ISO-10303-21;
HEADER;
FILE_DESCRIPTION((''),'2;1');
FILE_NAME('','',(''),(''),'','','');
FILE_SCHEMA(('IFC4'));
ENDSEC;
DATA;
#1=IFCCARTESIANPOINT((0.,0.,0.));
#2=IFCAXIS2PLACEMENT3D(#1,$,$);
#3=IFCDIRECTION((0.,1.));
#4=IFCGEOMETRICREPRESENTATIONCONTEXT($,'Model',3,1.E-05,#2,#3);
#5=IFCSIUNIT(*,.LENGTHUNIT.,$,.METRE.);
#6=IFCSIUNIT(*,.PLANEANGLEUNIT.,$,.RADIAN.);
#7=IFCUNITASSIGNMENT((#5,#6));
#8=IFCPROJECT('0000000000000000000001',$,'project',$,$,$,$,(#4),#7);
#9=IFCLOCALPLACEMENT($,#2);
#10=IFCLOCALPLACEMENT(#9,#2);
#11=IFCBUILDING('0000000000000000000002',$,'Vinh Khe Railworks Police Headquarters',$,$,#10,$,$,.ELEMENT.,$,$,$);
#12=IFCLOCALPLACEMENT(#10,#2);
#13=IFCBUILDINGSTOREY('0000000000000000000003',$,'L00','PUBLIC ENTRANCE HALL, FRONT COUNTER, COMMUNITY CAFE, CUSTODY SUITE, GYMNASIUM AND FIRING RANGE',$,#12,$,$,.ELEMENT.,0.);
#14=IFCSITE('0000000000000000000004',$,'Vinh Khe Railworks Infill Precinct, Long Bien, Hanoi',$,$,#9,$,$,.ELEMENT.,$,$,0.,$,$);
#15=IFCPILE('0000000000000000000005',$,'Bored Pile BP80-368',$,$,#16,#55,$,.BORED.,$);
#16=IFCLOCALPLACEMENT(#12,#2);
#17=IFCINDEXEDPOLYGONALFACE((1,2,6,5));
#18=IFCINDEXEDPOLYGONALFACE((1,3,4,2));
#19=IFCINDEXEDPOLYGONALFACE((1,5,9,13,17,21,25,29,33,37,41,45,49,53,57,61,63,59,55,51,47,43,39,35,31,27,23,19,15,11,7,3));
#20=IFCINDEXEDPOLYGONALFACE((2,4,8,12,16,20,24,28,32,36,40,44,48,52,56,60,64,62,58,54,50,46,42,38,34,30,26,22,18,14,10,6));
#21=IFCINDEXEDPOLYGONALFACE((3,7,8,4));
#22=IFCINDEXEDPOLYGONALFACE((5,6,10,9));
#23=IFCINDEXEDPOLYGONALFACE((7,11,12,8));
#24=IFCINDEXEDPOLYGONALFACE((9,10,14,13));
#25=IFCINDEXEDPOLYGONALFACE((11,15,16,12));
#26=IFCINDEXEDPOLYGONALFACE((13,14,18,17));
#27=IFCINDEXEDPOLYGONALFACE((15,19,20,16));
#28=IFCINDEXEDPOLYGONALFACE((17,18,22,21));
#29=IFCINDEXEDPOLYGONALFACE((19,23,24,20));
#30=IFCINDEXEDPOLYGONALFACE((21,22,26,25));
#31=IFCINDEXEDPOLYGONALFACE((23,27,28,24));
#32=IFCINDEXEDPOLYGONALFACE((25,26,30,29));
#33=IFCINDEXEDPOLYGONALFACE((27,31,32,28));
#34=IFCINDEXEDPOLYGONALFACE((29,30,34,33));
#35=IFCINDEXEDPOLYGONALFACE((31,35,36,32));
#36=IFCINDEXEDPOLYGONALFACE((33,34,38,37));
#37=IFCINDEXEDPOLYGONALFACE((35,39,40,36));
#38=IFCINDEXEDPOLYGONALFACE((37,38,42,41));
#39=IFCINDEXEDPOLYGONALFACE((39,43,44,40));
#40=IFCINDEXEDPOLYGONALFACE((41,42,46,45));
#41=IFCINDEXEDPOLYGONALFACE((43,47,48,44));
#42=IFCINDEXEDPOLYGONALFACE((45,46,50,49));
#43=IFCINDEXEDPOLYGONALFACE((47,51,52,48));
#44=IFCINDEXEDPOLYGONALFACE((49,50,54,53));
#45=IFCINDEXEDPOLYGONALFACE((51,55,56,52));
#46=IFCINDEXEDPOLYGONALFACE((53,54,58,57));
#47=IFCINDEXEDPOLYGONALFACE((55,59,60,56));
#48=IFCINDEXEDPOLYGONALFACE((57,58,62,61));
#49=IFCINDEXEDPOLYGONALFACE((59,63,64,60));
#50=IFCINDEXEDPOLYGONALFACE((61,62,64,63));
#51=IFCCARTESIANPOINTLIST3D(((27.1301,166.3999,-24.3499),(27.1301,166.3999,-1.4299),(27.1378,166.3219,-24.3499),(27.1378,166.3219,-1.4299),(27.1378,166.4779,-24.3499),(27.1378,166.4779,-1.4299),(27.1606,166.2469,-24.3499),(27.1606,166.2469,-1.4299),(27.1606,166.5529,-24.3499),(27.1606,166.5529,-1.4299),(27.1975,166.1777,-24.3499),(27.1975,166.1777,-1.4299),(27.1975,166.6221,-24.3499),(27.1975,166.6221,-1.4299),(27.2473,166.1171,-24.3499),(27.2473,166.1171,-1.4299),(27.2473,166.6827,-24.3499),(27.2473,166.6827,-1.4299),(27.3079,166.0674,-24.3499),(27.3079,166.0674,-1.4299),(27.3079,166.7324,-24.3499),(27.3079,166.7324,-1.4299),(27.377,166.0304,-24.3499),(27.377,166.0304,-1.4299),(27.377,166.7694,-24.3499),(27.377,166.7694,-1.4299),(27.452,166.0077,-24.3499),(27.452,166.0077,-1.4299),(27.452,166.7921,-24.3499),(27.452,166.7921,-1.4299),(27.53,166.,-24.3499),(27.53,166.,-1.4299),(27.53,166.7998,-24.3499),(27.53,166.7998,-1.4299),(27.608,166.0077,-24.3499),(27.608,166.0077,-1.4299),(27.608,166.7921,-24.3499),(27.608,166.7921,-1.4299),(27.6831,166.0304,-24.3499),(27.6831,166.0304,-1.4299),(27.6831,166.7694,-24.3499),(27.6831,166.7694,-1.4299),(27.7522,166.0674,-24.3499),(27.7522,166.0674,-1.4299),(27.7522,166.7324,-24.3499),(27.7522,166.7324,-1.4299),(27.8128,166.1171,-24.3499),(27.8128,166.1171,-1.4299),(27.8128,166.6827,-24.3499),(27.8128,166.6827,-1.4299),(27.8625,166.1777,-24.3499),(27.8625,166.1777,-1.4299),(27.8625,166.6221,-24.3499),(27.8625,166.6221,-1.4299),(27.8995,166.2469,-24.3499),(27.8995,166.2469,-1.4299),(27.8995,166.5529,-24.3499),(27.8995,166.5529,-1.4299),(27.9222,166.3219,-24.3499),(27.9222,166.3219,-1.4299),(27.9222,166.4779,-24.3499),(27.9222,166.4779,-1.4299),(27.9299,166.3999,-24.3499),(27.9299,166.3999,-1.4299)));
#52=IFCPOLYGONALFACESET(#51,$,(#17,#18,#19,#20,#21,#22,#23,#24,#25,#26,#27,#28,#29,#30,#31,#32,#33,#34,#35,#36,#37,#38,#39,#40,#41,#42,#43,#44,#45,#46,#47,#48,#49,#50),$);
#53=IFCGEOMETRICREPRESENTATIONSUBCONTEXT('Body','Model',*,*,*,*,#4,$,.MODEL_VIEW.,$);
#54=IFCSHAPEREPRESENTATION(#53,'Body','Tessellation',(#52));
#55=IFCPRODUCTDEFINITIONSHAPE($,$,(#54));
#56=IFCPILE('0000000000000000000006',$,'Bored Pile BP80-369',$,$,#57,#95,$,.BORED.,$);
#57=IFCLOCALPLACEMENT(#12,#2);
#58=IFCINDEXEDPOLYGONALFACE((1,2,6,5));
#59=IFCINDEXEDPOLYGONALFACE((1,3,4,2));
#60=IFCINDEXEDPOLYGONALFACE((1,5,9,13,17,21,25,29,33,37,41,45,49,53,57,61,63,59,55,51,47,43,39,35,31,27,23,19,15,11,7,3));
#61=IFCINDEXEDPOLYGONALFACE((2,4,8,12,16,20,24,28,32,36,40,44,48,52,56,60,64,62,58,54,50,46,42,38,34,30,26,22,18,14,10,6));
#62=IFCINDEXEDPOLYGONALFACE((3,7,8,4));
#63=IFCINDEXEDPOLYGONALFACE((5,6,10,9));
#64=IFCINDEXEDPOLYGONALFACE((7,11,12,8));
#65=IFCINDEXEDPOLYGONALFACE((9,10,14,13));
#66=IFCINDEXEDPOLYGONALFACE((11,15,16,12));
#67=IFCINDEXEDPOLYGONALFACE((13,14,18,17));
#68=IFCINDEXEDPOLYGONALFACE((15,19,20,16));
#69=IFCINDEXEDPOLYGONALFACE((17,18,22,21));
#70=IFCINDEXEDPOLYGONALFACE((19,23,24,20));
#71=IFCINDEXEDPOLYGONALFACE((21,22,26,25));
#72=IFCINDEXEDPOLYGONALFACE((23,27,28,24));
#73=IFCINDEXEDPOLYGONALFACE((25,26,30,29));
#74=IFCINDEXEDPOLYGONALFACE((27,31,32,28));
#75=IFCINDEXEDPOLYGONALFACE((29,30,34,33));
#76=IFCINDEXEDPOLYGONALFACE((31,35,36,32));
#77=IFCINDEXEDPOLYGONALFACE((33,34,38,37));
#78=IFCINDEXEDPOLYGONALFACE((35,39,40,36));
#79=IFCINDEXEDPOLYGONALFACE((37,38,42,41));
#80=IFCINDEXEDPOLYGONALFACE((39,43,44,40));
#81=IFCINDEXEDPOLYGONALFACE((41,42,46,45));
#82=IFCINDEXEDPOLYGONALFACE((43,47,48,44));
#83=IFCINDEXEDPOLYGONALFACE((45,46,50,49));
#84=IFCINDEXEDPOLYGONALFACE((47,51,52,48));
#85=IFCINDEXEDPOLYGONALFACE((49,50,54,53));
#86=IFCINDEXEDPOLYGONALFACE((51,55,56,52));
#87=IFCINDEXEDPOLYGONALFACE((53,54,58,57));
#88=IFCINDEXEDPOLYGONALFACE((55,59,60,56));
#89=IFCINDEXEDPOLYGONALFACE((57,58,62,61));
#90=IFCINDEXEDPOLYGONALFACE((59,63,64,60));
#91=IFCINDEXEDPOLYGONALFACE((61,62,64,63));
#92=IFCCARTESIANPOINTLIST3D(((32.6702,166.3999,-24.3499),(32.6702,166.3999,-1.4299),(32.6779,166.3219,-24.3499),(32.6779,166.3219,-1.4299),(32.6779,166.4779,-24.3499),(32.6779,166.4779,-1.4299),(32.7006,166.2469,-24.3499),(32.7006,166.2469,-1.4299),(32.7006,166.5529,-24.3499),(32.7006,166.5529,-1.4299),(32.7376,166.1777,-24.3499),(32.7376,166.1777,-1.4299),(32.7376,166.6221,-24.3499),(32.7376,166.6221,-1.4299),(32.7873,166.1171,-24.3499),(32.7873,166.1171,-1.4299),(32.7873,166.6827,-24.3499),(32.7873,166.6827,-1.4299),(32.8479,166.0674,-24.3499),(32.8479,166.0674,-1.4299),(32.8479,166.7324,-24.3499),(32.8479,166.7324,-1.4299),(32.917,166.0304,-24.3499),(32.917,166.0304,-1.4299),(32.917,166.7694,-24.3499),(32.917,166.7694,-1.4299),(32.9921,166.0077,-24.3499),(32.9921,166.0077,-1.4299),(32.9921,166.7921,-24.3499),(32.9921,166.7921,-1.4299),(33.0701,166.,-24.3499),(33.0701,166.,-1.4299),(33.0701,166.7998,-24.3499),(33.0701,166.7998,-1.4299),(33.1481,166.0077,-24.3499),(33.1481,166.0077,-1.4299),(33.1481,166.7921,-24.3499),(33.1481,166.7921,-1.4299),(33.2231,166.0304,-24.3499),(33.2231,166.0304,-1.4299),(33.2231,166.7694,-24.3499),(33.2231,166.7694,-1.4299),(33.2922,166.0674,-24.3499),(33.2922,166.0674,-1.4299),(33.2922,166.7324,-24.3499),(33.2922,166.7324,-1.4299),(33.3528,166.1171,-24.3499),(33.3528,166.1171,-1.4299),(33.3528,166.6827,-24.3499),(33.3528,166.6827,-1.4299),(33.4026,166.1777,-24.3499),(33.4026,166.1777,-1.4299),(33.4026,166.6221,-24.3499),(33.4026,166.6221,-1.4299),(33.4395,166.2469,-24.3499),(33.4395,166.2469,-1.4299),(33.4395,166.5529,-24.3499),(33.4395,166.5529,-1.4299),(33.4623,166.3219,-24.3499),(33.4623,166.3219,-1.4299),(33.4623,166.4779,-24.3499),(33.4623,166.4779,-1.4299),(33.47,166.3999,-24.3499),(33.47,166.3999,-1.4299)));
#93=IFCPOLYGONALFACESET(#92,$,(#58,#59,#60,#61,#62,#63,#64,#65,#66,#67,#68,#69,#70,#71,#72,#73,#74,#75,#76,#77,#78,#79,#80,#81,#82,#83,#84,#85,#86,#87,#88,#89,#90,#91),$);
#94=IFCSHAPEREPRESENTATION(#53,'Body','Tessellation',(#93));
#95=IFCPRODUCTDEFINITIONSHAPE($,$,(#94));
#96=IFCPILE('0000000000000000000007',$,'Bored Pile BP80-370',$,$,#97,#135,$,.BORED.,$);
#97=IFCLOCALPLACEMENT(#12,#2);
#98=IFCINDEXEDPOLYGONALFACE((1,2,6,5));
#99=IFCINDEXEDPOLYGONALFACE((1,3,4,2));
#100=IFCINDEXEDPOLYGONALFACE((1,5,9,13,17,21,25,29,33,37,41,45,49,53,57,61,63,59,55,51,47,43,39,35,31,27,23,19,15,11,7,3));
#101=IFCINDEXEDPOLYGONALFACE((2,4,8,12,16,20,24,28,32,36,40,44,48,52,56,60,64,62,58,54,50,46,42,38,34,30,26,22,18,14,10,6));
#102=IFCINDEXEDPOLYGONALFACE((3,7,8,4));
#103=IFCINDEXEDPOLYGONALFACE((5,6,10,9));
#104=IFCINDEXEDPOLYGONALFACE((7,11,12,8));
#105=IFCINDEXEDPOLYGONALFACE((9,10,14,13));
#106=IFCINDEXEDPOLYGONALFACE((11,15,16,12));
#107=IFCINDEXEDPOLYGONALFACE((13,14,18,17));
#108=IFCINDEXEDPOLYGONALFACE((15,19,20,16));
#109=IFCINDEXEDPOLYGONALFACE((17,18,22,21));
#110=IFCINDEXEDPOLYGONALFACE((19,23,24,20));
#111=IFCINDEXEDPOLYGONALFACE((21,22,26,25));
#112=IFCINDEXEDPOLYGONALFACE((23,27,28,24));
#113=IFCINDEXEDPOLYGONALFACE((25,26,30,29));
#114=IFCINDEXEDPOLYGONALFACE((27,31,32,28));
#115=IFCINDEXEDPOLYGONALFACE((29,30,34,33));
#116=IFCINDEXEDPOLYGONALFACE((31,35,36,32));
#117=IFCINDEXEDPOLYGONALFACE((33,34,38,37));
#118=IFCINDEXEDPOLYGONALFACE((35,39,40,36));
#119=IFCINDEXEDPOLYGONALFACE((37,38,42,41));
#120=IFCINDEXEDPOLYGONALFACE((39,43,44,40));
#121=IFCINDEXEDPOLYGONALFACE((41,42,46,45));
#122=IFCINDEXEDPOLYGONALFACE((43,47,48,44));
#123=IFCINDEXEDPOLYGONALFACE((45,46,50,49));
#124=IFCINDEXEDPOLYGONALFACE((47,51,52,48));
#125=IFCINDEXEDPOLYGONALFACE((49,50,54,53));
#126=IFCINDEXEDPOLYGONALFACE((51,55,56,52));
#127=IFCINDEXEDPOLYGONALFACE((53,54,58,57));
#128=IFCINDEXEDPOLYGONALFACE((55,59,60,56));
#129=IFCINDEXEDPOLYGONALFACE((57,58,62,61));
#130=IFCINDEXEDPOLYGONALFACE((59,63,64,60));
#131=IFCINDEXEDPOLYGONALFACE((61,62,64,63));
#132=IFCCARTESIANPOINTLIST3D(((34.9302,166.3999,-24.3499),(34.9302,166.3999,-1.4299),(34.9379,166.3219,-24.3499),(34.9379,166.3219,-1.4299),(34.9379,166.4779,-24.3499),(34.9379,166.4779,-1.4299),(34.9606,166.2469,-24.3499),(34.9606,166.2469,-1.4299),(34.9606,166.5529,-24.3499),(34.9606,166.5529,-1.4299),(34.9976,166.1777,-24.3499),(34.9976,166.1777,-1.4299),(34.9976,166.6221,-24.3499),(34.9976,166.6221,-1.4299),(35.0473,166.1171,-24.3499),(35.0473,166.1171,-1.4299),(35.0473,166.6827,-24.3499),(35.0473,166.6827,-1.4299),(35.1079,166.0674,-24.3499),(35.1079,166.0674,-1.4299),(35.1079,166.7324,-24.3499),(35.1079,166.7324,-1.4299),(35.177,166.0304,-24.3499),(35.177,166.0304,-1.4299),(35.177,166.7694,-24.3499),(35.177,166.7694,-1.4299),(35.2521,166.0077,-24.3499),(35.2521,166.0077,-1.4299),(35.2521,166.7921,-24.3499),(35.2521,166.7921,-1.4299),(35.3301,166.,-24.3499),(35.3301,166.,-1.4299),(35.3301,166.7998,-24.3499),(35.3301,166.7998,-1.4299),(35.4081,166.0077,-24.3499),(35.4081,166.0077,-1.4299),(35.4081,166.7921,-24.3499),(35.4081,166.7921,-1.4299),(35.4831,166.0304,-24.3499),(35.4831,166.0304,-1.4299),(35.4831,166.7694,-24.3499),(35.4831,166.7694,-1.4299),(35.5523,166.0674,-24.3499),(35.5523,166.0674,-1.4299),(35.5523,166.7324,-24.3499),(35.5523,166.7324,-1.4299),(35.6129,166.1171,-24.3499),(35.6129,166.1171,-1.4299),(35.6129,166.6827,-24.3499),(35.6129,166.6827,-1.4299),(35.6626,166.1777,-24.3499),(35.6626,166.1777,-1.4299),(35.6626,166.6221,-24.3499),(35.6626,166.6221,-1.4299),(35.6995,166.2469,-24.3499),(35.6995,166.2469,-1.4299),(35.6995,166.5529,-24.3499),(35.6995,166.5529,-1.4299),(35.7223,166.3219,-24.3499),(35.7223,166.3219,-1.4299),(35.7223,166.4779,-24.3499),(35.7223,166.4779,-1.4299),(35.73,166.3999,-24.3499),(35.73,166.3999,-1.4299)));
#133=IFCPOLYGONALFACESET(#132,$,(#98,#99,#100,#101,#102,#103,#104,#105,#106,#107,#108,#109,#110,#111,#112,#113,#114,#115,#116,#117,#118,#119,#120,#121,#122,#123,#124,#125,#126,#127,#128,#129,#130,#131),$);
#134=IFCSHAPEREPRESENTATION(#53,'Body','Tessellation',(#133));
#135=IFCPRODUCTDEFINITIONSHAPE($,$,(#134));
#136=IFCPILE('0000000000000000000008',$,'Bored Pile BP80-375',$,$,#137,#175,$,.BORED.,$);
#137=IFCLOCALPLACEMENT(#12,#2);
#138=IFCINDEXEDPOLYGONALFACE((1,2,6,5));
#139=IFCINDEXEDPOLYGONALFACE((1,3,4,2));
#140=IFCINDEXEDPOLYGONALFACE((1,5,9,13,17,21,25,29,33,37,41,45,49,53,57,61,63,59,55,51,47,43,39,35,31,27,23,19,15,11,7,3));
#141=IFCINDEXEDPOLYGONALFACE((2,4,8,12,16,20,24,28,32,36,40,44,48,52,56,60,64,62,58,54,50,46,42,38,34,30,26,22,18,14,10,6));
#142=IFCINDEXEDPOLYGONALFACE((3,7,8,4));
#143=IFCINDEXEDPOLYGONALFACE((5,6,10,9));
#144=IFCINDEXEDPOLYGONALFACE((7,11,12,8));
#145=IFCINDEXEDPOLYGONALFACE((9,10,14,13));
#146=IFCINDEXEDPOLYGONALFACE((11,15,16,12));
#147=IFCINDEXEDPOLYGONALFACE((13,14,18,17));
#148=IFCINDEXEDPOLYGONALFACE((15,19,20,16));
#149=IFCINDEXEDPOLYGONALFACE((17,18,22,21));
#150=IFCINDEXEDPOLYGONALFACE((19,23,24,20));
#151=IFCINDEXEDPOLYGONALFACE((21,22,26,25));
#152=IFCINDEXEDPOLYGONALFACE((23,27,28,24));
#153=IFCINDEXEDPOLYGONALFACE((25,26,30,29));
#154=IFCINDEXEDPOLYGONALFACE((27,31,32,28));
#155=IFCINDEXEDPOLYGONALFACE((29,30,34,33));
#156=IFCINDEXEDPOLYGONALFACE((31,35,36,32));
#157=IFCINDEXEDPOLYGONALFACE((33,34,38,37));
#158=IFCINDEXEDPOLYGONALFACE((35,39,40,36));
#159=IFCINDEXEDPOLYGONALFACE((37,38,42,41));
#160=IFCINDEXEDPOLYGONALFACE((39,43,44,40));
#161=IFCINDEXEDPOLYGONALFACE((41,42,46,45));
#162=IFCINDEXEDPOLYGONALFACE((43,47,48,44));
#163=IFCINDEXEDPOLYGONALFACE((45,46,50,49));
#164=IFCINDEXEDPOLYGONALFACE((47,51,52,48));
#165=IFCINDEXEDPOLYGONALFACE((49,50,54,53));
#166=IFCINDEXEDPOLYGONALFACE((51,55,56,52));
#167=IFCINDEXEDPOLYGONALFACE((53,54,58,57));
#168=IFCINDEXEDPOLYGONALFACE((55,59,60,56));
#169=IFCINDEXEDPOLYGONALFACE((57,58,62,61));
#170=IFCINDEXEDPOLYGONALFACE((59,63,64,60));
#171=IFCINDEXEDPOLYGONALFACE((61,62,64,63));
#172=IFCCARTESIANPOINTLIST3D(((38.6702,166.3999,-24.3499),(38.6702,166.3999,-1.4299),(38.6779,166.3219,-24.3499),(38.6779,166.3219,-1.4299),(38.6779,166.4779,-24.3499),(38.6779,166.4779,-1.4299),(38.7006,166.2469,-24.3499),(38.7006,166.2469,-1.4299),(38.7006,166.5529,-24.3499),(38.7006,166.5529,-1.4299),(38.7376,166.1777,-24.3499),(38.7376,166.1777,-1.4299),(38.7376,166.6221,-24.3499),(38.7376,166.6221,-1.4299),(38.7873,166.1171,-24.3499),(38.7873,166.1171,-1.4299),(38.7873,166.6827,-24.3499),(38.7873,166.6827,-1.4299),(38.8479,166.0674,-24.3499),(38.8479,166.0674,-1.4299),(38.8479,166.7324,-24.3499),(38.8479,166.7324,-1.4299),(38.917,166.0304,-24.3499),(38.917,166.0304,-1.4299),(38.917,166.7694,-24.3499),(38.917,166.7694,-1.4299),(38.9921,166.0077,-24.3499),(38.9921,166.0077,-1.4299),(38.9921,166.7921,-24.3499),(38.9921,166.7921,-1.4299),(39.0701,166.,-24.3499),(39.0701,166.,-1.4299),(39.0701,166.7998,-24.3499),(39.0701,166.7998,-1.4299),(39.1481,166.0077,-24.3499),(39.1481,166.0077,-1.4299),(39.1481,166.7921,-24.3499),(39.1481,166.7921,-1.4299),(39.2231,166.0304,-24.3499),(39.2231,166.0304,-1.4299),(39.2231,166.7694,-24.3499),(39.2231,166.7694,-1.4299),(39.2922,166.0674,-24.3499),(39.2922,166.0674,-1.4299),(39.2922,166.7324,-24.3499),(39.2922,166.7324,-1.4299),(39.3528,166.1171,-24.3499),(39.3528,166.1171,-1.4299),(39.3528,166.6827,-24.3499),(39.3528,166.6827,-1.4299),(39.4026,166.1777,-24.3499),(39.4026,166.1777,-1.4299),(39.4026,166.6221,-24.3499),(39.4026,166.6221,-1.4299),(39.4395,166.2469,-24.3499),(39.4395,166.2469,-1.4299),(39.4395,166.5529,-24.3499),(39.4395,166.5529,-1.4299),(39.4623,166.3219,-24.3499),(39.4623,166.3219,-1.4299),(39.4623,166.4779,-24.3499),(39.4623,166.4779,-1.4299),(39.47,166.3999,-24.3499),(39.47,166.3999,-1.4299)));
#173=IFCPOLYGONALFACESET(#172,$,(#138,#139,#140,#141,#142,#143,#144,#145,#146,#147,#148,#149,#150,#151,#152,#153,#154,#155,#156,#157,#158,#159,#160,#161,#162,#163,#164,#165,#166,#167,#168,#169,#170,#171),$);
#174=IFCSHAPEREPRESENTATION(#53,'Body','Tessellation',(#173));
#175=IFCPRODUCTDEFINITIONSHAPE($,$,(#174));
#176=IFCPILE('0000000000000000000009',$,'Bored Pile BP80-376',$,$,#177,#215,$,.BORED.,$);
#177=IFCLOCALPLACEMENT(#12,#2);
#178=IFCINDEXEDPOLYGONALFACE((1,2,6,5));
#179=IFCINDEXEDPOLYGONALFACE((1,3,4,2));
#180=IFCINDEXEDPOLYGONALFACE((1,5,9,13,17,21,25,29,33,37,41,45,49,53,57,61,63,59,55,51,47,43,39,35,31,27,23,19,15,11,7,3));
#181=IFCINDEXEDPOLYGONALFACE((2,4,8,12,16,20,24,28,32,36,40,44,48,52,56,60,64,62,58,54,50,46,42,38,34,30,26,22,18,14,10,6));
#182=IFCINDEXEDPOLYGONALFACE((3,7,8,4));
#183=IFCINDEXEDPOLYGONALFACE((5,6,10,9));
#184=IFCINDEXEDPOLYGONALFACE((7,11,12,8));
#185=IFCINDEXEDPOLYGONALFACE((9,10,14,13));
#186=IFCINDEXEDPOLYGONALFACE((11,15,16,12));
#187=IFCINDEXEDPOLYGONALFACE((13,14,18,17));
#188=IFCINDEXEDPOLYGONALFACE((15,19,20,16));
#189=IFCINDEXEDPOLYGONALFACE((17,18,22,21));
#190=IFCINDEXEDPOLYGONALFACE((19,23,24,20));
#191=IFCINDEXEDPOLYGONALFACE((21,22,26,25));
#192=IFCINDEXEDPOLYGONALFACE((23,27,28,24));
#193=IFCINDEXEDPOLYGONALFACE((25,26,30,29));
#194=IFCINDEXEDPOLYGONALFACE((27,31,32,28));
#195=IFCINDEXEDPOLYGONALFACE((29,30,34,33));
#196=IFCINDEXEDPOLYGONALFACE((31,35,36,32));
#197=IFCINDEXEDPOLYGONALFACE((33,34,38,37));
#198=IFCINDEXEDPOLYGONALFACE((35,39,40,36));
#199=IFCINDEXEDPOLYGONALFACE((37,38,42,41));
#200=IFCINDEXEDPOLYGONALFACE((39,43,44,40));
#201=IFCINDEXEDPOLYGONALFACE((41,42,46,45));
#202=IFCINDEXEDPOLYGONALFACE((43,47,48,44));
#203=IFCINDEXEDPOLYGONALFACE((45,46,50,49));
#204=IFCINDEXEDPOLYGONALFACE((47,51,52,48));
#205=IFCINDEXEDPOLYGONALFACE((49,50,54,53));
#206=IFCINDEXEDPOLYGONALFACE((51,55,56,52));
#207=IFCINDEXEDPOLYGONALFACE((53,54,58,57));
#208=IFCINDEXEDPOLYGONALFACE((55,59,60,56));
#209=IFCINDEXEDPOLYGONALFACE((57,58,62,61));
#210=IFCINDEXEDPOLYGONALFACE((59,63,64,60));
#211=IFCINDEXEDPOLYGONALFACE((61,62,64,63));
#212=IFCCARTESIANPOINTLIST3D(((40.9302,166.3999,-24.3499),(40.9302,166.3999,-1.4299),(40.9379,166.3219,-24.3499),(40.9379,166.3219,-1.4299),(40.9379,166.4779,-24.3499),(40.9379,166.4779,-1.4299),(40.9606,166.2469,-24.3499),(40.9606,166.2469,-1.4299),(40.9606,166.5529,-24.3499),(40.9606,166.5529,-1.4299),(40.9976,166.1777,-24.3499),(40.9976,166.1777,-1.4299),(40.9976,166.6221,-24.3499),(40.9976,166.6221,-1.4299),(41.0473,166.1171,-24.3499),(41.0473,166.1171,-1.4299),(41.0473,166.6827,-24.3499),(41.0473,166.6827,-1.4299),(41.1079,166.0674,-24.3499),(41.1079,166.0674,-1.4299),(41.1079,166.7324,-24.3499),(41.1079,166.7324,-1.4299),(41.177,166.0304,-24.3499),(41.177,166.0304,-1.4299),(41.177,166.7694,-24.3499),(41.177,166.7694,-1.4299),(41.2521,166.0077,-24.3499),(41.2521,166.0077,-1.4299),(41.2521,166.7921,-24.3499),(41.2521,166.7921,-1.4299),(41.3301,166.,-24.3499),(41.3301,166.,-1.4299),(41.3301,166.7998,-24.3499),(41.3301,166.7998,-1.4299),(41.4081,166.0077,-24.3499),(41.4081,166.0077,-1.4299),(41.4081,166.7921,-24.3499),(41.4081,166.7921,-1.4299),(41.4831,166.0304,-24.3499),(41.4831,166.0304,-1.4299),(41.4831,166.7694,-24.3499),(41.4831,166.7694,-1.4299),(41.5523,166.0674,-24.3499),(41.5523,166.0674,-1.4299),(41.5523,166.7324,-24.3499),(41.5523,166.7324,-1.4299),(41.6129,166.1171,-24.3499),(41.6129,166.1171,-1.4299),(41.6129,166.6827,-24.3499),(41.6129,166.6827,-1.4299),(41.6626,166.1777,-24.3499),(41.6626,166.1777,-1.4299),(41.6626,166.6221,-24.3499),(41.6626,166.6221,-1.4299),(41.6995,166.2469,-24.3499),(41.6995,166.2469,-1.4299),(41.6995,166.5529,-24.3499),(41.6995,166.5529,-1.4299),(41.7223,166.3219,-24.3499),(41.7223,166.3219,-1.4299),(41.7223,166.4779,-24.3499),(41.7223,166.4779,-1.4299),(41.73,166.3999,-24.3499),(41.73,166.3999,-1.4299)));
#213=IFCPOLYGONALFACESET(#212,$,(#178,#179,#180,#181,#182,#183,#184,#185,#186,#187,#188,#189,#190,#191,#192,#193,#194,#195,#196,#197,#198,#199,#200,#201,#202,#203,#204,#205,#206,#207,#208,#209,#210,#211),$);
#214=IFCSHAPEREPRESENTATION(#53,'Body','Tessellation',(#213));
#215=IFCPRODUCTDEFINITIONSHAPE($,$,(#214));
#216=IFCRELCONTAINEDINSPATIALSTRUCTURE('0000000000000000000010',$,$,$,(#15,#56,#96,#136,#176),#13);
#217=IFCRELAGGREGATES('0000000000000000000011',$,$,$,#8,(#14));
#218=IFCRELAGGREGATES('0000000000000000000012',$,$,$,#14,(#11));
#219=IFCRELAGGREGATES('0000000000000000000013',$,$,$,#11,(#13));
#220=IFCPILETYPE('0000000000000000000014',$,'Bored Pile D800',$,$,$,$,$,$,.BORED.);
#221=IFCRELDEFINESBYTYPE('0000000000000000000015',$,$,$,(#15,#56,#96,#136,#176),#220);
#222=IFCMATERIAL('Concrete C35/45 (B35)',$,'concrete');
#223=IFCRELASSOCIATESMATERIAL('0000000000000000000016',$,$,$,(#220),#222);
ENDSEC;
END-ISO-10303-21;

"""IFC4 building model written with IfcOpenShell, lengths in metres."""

from ifc_helpers import new_model, si_unit, direction, frame, origin, origin_2d, place, context, subcontext, project, spatial, circle, extrude, material, material_profile, profile_set, type_object, element, save


model = new_model("IFC4")

# Units and contexts
model_context = context("Model", 3, precision=1e-05, world=origin(), true_north=direction((0.0, 1.0)))
body_context = subcontext(model_context, "Body", "Model", "MODEL_VIEW")
ifc_project = project(units=[si_unit("LENGTHUNIT", "METRE"), si_unit("PLANEANGLEUNIT", "RADIAN")], contexts=[model_context])

# Site, building, storey
site_placement = place(None, origin())
site = spatial("IfcSite", under=ifc_project, at=site_placement, Name="Vinh Khe Railworks Infill Precinct, Long Bien, Hanoi", CompositionType="ELEMENT", RefElevation=0.0)
building_placement = place(site_placement, origin())
building = spatial("IfcBuilding", under=site, at=building_placement, Name="Vinh Khe Railworks Police Headquarters", CompositionType="ELEMENT")
storey_placement = place(building_placement, origin())
storey = spatial("IfcBuildingStorey", under=building, at=storey_placement, Name="L00", Description="PUBLIC ENTRANCE HALL, FRONT COUNTER, COMMUNITY CAFE, CUSTODY SUITE, GYMNASIUM AND FIRING RANGE", CompositionType="ELEMENT", Elevation=0.0)

# Piles
ifc_material_1 = material(Name="Concrete C35/45 (B35)", Category="concrete")
ifc_material_profile_1 = material_profile(ifc_material_1, circle(Radius=0.3999, at=origin_2d()), Name="BORED PILE D800")
ifc_profile_set_1 = profile_set([ifc_material_profile_1], Name="Concrete C35/45 (B35)")
pile_type = type_object("IfcPileType", Name="Bored Pile D800", PredefinedType="BORED", material=ifc_profile_set_1)
for number, where, z_axis, x_axis, name in (
    (1, (27.53, 166.3999, -1.4299), (0.0, 0.0, -1.0), (1.0, 0.0, 0.0), "Bored Pile BP80-368"),
    (2, (33.0701, 166.3999, -1.4299), (0.0, 0.0, -1.0), (1.0, 0.0, 0.0), "Bored Pile BP80-369"),
    (3, (35.3301, 166.3999, -1.4299), (0.0, 0.0, -1.0), (1.0, 0.0, 0.0), "Bored Pile BP80-370"),
    (4, (39.0701, 166.3999, -1.4299), (0.0, 0.0, -1.0), (1.0, 0.0, 0.0), "Bored Pile BP80-375"),
    (5, (41.3301, 166.3999, -1.4299), (0.0, 0.0, -1.0), (1.0, 0.0, 0.0), "Bored Pile BP80-376"),
):
    element("IfcPile", number, at=place(storey_placement, frame(where, z_axis=z_axis, x_axis=x_axis)), inside=storey, type_object=pile_type, Name=name, PredefinedType="BORED", context=body_context, shape_type="SweptSolid", body=[
        extrude(circle(Radius=0.3999, at=origin_2d()), origin(), (0.0, 0.0, 1.0), 22.9199),
    ])

save(model, "model.ifc")
